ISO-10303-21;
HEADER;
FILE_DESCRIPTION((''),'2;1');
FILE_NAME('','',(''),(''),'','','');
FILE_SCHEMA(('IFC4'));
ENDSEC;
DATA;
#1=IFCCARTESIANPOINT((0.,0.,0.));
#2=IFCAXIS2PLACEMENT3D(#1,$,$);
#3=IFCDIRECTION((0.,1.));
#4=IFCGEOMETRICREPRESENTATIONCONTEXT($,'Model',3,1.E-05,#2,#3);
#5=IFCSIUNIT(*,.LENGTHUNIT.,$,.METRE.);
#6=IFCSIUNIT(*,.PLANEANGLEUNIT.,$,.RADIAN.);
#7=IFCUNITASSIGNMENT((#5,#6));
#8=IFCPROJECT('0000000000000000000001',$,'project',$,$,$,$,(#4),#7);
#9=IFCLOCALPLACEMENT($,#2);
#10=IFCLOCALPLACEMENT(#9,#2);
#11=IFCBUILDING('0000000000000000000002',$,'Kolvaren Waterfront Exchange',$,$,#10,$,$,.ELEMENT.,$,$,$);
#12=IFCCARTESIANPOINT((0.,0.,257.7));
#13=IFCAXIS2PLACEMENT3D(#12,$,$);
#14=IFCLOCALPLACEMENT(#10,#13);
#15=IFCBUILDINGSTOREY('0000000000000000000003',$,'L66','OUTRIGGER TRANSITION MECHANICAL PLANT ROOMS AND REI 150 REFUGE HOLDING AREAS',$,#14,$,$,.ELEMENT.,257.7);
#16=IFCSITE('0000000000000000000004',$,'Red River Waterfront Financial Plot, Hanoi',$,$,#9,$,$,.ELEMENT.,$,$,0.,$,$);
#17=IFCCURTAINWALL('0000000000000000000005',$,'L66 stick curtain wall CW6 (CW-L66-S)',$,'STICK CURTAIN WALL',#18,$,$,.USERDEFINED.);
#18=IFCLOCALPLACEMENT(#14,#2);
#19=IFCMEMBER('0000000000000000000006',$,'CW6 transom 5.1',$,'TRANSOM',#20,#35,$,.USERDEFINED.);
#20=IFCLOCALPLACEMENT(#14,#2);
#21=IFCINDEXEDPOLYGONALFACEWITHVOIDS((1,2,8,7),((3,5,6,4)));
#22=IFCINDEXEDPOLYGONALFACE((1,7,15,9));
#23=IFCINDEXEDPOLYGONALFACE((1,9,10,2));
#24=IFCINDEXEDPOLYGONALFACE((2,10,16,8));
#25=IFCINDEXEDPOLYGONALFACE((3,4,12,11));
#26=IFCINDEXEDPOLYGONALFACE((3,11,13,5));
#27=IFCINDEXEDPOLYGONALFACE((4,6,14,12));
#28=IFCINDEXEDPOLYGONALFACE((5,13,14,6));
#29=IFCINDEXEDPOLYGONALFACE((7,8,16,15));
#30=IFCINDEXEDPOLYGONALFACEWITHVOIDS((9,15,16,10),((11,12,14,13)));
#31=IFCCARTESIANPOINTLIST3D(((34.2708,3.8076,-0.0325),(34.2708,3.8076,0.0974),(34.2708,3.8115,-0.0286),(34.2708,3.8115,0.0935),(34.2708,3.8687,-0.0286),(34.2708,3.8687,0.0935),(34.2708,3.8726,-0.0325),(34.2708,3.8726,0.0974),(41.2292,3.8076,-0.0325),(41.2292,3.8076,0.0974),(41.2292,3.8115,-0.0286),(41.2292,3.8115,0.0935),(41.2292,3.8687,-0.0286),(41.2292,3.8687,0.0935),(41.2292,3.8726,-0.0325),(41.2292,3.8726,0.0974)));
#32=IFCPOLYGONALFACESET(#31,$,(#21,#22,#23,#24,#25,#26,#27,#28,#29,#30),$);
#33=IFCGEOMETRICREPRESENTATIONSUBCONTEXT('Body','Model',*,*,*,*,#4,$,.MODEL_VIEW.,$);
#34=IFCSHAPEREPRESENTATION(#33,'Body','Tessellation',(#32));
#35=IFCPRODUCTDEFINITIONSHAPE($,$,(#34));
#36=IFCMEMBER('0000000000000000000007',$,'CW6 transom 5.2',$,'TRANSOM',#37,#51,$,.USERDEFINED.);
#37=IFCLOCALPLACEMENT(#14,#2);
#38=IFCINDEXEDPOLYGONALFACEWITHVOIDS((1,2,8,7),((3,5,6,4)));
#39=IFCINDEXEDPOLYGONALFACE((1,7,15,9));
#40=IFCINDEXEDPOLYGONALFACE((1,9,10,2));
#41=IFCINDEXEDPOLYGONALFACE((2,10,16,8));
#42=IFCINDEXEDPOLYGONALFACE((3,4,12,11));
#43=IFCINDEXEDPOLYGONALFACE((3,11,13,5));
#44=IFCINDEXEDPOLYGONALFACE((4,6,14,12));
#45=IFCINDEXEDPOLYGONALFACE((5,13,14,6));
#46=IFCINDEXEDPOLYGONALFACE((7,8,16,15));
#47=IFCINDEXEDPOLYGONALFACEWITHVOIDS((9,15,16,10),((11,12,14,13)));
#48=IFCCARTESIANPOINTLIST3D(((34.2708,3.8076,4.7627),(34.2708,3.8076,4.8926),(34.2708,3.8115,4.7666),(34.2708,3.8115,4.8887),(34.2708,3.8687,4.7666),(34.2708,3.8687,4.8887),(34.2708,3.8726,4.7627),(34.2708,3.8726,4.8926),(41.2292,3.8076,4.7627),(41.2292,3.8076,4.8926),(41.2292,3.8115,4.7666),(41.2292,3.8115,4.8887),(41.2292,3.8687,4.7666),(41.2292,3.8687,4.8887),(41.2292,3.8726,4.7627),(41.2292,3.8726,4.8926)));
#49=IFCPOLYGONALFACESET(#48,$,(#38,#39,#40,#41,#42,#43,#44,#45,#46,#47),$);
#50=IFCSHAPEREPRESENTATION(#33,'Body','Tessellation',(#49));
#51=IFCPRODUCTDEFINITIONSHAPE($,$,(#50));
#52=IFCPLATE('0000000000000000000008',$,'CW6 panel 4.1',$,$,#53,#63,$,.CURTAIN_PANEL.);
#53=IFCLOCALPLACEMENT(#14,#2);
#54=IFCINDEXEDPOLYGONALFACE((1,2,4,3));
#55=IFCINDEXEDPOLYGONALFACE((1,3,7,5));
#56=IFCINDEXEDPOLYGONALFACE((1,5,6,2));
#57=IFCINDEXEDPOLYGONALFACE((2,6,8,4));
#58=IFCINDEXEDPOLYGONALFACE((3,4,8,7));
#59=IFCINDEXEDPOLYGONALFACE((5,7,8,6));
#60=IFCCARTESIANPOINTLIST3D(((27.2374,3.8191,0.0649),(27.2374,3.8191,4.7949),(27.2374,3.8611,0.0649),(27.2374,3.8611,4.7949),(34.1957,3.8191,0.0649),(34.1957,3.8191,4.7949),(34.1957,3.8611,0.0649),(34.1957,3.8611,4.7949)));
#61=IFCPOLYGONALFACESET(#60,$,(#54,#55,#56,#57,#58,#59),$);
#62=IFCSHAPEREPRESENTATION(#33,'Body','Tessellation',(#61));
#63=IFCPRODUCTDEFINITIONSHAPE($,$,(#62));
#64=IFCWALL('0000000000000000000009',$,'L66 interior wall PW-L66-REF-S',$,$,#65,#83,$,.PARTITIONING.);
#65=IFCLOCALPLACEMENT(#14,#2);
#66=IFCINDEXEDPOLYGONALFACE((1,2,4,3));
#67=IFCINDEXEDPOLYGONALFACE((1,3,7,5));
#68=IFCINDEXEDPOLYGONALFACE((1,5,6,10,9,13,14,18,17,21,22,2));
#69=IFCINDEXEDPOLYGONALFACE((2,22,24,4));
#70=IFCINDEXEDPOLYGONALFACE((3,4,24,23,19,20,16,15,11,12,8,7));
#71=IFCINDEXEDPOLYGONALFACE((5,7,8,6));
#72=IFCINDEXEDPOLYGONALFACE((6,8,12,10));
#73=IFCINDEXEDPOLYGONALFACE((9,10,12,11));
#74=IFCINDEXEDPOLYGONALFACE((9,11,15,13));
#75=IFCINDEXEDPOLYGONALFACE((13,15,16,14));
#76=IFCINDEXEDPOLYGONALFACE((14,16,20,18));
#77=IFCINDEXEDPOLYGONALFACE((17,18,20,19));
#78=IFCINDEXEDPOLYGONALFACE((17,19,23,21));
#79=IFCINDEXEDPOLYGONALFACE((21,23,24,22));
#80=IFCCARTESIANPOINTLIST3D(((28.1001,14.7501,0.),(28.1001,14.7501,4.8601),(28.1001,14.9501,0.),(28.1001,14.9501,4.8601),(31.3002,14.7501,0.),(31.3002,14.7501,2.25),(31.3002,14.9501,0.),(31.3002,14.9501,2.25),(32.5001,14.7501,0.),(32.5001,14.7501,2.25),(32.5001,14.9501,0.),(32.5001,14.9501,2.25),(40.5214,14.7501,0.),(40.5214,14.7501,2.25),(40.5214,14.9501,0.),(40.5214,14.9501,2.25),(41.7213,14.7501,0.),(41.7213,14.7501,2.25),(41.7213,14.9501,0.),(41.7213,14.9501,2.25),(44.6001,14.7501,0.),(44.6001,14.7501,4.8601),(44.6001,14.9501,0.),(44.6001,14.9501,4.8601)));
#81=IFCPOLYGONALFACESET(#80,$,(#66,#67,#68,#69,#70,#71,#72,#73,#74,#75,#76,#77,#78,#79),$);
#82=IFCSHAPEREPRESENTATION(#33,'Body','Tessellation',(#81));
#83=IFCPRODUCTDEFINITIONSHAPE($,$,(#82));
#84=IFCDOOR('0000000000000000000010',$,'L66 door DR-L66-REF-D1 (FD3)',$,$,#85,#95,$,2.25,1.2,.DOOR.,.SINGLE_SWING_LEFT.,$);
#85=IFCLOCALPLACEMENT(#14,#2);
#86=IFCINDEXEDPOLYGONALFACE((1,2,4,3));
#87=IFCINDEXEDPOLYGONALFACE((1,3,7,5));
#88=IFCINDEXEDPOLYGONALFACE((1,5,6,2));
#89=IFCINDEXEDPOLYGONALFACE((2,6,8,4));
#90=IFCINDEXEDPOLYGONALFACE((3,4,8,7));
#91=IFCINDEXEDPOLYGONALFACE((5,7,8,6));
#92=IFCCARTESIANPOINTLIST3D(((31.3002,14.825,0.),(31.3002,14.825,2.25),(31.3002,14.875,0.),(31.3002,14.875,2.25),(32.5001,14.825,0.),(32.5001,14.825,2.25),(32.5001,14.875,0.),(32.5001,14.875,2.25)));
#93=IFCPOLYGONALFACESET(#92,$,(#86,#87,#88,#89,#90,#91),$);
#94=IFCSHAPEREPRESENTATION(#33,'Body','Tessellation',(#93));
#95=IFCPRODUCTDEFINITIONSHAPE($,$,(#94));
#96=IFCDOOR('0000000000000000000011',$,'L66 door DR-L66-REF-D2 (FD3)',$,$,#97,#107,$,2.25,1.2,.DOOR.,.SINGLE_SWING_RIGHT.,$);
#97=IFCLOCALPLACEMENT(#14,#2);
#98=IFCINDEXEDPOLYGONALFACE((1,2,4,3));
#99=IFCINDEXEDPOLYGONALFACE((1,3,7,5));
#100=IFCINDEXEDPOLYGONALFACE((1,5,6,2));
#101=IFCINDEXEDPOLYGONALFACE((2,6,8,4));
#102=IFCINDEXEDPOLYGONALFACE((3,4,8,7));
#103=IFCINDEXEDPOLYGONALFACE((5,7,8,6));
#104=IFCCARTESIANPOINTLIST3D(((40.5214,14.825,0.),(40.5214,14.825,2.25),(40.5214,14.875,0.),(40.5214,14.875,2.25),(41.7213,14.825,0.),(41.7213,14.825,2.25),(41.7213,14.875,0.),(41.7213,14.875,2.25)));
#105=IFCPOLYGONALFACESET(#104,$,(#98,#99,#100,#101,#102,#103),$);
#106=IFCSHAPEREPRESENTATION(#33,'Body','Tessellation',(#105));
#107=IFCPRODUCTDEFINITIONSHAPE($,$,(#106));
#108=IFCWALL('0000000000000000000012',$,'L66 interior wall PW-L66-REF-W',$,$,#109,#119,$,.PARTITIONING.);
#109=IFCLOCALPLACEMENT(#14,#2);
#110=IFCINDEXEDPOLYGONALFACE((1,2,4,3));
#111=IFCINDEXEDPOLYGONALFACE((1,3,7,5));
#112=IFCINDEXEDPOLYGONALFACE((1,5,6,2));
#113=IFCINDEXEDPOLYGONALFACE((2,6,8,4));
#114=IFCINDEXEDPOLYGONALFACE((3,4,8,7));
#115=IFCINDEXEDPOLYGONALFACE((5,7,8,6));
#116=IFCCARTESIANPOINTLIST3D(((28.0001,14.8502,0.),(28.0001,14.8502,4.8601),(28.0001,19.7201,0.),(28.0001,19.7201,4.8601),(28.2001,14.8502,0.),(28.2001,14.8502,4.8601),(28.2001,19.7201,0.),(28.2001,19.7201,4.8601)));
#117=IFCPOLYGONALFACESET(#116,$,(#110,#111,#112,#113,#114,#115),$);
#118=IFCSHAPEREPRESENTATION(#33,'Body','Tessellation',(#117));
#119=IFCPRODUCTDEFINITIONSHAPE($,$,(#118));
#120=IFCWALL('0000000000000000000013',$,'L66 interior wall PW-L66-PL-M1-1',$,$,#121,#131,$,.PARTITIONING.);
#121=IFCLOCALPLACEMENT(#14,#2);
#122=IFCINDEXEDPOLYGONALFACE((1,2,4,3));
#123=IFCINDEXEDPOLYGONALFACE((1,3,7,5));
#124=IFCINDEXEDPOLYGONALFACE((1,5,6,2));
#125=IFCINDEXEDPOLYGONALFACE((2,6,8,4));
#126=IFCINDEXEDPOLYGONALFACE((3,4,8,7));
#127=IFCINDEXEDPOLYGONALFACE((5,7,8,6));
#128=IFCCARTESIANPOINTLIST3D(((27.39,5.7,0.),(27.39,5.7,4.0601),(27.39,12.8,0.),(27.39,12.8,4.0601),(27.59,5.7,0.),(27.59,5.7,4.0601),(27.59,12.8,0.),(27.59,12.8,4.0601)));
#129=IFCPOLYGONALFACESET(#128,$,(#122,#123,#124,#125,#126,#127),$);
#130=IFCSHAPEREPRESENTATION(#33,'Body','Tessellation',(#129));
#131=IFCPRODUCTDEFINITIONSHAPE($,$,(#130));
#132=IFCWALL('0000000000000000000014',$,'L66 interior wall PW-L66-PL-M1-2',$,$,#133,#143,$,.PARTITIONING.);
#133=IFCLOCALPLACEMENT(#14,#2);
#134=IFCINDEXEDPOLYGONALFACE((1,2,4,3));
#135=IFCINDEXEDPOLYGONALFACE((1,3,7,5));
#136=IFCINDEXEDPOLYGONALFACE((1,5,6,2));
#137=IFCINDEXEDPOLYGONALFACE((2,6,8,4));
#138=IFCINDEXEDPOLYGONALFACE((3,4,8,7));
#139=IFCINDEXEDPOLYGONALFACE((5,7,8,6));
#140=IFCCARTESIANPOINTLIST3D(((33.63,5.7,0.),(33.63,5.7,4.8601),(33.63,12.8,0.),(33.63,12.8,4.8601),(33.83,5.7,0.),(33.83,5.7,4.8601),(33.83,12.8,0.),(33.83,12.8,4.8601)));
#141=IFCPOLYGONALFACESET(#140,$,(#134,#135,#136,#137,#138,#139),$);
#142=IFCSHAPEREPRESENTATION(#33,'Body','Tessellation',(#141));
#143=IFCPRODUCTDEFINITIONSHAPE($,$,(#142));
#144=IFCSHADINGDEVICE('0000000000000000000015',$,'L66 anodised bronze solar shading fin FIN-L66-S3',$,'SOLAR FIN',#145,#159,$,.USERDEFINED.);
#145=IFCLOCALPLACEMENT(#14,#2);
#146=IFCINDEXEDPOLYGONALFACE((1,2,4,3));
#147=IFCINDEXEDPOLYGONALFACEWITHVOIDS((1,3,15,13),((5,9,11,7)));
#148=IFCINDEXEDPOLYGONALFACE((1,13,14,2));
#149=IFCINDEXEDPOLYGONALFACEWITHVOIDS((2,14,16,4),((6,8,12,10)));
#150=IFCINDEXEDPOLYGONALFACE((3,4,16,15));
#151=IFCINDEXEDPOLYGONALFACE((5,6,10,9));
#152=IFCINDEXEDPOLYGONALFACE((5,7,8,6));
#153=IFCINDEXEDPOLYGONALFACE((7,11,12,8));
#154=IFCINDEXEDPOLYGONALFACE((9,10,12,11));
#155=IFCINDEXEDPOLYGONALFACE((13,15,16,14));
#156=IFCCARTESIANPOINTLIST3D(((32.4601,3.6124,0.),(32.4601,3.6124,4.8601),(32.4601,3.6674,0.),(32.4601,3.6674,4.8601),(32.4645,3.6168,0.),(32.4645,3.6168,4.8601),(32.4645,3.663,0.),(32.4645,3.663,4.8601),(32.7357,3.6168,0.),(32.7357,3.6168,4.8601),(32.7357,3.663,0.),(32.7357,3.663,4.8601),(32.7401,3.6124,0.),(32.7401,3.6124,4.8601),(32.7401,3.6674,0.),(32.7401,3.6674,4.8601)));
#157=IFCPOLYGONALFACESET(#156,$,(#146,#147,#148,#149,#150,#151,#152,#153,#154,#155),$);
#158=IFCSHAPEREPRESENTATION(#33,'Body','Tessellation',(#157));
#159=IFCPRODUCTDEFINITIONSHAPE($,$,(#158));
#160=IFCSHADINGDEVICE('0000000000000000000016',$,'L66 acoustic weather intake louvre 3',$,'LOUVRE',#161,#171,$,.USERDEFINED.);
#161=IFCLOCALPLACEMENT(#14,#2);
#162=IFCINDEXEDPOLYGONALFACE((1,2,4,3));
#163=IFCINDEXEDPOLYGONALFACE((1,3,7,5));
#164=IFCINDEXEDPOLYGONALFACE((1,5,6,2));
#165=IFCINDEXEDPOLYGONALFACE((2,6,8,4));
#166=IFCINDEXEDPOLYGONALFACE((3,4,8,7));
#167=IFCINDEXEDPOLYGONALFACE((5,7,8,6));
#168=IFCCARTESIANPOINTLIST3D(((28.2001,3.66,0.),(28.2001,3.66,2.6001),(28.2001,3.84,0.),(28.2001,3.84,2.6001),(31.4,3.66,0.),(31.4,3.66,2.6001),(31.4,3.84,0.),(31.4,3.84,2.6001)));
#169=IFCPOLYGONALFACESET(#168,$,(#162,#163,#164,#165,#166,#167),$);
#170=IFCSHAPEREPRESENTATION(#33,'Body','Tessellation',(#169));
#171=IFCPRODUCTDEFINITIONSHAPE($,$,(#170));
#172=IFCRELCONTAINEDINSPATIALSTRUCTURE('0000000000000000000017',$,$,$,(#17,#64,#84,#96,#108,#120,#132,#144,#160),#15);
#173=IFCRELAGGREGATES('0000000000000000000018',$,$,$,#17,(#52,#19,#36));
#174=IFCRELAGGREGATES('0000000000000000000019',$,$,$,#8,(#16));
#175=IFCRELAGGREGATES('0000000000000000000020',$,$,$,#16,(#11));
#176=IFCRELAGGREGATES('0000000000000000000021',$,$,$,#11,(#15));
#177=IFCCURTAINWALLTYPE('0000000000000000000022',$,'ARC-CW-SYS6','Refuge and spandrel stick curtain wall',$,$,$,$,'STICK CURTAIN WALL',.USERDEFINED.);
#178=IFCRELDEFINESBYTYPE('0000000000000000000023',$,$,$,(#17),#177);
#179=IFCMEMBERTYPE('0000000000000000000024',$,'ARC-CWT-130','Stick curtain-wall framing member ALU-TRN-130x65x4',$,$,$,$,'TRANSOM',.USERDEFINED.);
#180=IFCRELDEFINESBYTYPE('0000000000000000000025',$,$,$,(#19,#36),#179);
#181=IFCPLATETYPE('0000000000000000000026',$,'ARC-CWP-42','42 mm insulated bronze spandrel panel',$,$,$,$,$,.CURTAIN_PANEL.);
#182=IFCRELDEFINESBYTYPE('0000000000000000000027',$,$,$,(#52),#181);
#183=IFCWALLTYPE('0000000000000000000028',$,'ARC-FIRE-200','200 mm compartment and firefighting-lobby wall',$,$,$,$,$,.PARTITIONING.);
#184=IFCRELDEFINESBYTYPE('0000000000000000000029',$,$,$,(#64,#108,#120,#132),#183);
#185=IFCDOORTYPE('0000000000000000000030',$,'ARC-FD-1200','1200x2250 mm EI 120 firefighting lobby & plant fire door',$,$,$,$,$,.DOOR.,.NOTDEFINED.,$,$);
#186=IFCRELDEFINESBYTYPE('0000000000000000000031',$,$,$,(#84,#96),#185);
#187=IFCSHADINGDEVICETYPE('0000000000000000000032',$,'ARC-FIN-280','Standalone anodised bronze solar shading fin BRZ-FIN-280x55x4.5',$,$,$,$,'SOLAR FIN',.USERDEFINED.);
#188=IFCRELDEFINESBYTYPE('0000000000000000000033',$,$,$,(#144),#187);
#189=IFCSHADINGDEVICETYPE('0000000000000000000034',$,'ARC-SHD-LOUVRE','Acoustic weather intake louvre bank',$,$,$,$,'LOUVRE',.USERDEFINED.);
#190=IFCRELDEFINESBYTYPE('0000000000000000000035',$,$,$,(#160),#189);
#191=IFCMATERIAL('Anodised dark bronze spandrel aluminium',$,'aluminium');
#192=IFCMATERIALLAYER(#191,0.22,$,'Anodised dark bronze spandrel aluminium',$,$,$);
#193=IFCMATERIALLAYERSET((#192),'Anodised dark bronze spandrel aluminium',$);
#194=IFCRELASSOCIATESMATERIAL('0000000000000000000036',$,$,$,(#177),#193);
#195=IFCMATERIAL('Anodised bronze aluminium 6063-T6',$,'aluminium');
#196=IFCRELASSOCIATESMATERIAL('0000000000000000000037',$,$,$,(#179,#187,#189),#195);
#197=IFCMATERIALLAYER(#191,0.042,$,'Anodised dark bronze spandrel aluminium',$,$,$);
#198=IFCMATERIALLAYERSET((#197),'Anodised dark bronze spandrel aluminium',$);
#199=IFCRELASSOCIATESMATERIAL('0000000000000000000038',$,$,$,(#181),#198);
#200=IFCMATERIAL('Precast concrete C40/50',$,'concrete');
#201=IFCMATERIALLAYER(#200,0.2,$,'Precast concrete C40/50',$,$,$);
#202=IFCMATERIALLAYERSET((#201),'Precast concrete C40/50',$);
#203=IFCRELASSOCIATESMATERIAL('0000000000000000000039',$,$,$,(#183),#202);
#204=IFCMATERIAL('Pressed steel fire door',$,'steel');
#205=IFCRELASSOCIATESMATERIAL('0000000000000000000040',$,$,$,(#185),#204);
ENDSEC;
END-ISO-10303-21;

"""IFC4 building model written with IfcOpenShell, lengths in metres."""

from ifc_helpers import new_model, si_unit, direction, frame, frame_2d, origin, origin_with_axes, origin_2d, place, context, subcontext, project, spatial, rectangle, hollow_rectangle, extrude, source, transform, mapped, material, layer, layer_set, material_profile, profile_set, type_object, element, fill, aggregate, save


model = new_model("IFC4")

# Units and contexts
model_context = context("Model", 3, precision=1e-05, world=origin(), true_north=direction((0.0, 1.0)))
body_context = subcontext(model_context, "Body", "Model", "MODEL_VIEW")
ifc_project = project(units=[si_unit("LENGTHUNIT", "METRE"), si_unit("PLANEANGLEUNIT", "RADIAN")], contexts=[model_context])

# Site, building, storey
site_placement = place(None, origin())
site = spatial("IfcSite", under=ifc_project, at=site_placement, Name="Red River Waterfront Financial Plot, Hanoi", CompositionType="ELEMENT", RefElevation=0.0)
building_placement = place(site_placement, origin())
building = spatial("IfcBuilding", under=site, at=building_placement, Name="Kolvaren Waterfront Exchange", CompositionType="ELEMENT")
storey_placement = place(building_placement, frame((0.0, 0.0, 257.7)))
storey = spatial("IfcBuildingStorey", under=building, at=storey_placement, Name="L66", Description="OUTRIGGER TRANSITION MECHANICAL PLANT ROOMS AND REI 150 REFUGE HOLDING AREAS", CompositionType="ELEMENT", Elevation=257.7)

# Curtain wall, members, plate
ifc_material_1 = material(Name="Anodised dark bronze spandrel aluminium", Category="aluminium")
ifc_layer_1 = layer(ifc_material_1, 0.22, Name="Anodised dark bronze spandrel aluminium")
ifc_layer_set_1 = layer_set([ifc_layer_1], Name="Anodised dark bronze spandrel aluminium")
curtain_wall_type = type_object("IfcCurtainWallType", Name="ARC-CW-SYS6", Description="Refuge and spandrel stick curtain wall", ElementType="STICK CURTAIN WALL", PredefinedType="USERDEFINED", material=ifc_layer_set_1)
curtain_wall_placement = place(storey_placement, origin())
curtain_wall = element("IfcCurtainWall", 1, at=curtain_wall_placement, inside=storey, type_object=curtain_wall_type, Name="L66 stick curtain wall CW6 (CW-L66-S)", ObjectType="STICK CURTAIN WALL", PredefinedType="USERDEFINED")
ifc_material_2 = material(Name="Anodised bronze aluminium 6063-T6", Category="aluminium")
ifc_material_profile_1 = material_profile(ifc_material_2, hollow_rectangle(XDim=0.0649, YDim=0.1299, WallThickness=0.0039, at=origin_2d()), Name="ALU-TRN-130x65x4")
ifc_profile_set_1 = profile_set([ifc_material_profile_1], Name="Anodised bronze aluminium 6063-T6")
member_type_1 = type_object("IfcMemberType", Name="ARC-CWT-130", Description="Stick curtain-wall framing member ALU-TRN-130x65x4", ElementType="TRANSOM", PredefinedType="USERDEFINED", material=ifc_profile_set_1)
shared_shape_1 = source(origin_with_axes(), body_context, "Body", "SweptSolid", [
    extrude(hollow_rectangle(XDim=0.0649, YDim=0.1299, WallThickness=0.0039, at=origin_2d()), origin(), (0.0, 0.0, 1.0), 6.9585),
])
member_1_placement = place(storey_placement, frame((34.2708, 3.8401, 0.0325), z_axis=(1.0, 0.0, 0.0), x_axis=(0.0, 1.0, 0.0)))
member_1 = element("IfcMember", 2, at=member_1_placement, type_object=member_type_1, Name="CW6 transom 5.1", ObjectType="TRANSOM", PredefinedType="USERDEFINED", context=body_context, shape_type="MappedRepresentation", body=[
    mapped(shared_shape_1, transform((0.0, 0.0, 0.0), x_axis=(1.0, 0.0, 0.0), y_axis=(0.0, 1.0, 0.0), z_axis=(0.0, 0.0, 1.0), scale=1.0)),
])
member_2_placement = place(storey_placement, frame((34.2708, 3.8401, 4.8276), z_axis=(1.0, 0.0, 0.0), x_axis=(0.0, 1.0, 0.0)))
member_2 = element("IfcMember", 3, at=member_2_placement, type_object=member_type_1, Name="CW6 transom 5.2", ObjectType="TRANSOM", PredefinedType="USERDEFINED", context=body_context, shape_type="MappedRepresentation", body=[
    mapped(shared_shape_1, transform((0.0, 0.0, 0.0), x_axis=(1.0, 0.0, 0.0), y_axis=(0.0, 1.0, 0.0), z_axis=(0.0, 0.0, 1.0), scale=1.0)),
])
ifc_layer_2 = layer(ifc_material_1, 0.042, Name="Anodised dark bronze spandrel aluminium")
ifc_layer_set_2 = layer_set([ifc_layer_2], Name="Anodised dark bronze spandrel aluminium")
plate_type = type_object("IfcPlateType", Name="ARC-CWP-42", Description="42 mm insulated bronze spandrel panel", PredefinedType="CURTAIN_PANEL", material=ifc_layer_set_2)
shared_shape_2 = source(origin_with_axes(), body_context, "Body", "SweptSolid", [
    extrude(rectangle(XDim=6.9583, YDim=0.042, at=origin_2d()), origin(), (0.0, 0.0, 1.0), 4.73),
])
plate_placement = place(storey_placement, frame((30.7166, 3.8401, 0.0649), z_axis=(0.0, 0.0, 1.0), x_axis=(1.0, 0.0, 0.0)))
plate = element("IfcPlate", 4, at=plate_placement, type_object=plate_type, Name="CW6 panel 4.1", PredefinedType="CURTAIN_PANEL", context=body_context, shape_type="MappedRepresentation", body=[
    mapped(shared_shape_2, transform((0.0, 0.0, 0.0), x_axis=(1.0, 0.0, 0.0), y_axis=(0.0, 1.0, 0.0), z_axis=(0.0, 0.0, 1.0), scale=1.0)),
])
aggregate(curtain_wall, [plate, member_1, member_2])

# Wall, openings, doors
ifc_material_3 = material(Name="Precast concrete C40/50", Category="concrete")
ifc_layer_3 = layer(ifc_material_3, 0.2, Name="Precast concrete C40/50")
ifc_layer_set_3 = layer_set([ifc_layer_3], Name="Precast concrete C40/50")
wall_type = type_object("IfcWallType", Name="ARC-FIRE-200", Description="200 mm compartment and firefighting-lobby wall", PredefinedType="PARTITIONING", material=ifc_layer_set_3)
wall_1_placement = place(storey_placement, frame((28.1001, 14.8501, 0.0), z_axis=(0.0, 0.0, 1.0), x_axis=(1.0, 0.0, 0.0)))
wall_1 = element("IfcWall", 5, at=wall_1_placement, inside=storey, type_object=wall_type, Name="L66 interior wall PW-L66-REF-S", PredefinedType="PARTITIONING", context=body_context, shape_type="SweptSolid", body=[
    extrude(rectangle(XDim=16.5, YDim=0.2, at=frame_2d((8.25, 0.0))), origin(), (0.0, 0.0, 1.0), 4.8601),
])
opening_1_placement = place(wall_1_placement, frame((3.2, 0.0, 0.0)))
opening_1 = element("IfcOpeningElement", 6, at=opening_1_placement, cuts=wall_1, PredefinedType="OPENING", context=body_context, shape_type="SweptSolid", body=[
    extrude(rectangle(XDim=1.2, YDim=2.25, at=frame_2d((0.6001, 1.125))), frame((0.0, 0.1099, 0.0), z_axis=(0.0, -1.0, 0.0), x_axis=(1.0, 0.0, 0.0)), (0.0, 0.0, 1.0), 0.22),
])
opening_2_placement = place(wall_1_placement, frame((12.4211, 0.0, 0.0)))
opening_2 = element("IfcOpeningElement", 7, at=opening_2_placement, cuts=wall_1, PredefinedType="OPENING", context=body_context, shape_type="SweptSolid", body=[
    extrude(rectangle(XDim=1.2, YDim=2.25, at=frame_2d((0.6001, 1.125))), frame((0.0, 0.1099, 0.0), z_axis=(0.0, -1.0, 0.0), x_axis=(1.0, 0.0, 0.0)), (0.0, 0.0, 1.0), 0.22),
])
ifc_material_4 = material(Name="Pressed steel fire door", Category="steel")
door_type = type_object("IfcDoorType", Name="ARC-FD-1200", Description="1200x2250 mm EI 120 firefighting lobby & plant fire door", OperationType="NOTDEFINED", PredefinedType="DOOR", material=ifc_material_4)
door_1_placement = place(opening_1_placement, origin())
door_1 = element("IfcDoor", 8, at=door_1_placement, inside=storey, type_object=door_type, Name="L66 door DR-L66-REF-D1 (FD3)", OperationType="SINGLE_SWING_LEFT", OverallHeight=2.25, OverallWidth=1.2, PredefinedType="DOOR", context=body_context, shape_type="SweptSolid", body=[
    extrude(rectangle(XDim=1.2, YDim=2.25, at=frame_2d((0.6001, 1.125))), frame((0.0, 0.0249, 0.0), z_axis=(0.0, -1.0, 0.0), x_axis=(1.0, 0.0, 0.0)), (0.0, 0.0, 1.0), 0.05),
])
fill(opening_1, door_1)
door_2_placement = place(opening_2_placement, origin())
door_2 = element("IfcDoor", 9, at=door_2_placement, inside=storey, type_object=door_type, Name="L66 door DR-L66-REF-D2 (FD3)", OperationType="SINGLE_SWING_RIGHT", OverallHeight=2.25, OverallWidth=1.2, PredefinedType="DOOR", context=body_context, shape_type="SweptSolid", body=[
    extrude(rectangle(XDim=1.2, YDim=2.25, at=frame_2d((0.6001, 1.125))), frame((0.0, 0.0249, 0.0), z_axis=(0.0, -1.0, 0.0), x_axis=(1.0, 0.0, 0.0)), (0.0, 0.0, 1.0), 0.05),
])
fill(opening_2, door_2)

# Walls
wall_2_placement = place(storey_placement, frame((28.1001, 14.8501, 0.0), z_axis=(0.0, 0.0, 1.0), x_axis=(0.0, 1.0, 0.0)))
element("IfcWall", 10, at=wall_2_placement, inside=storey, type_object=wall_type, Name="L66 interior wall PW-L66-REF-W", PredefinedType="PARTITIONING", context=body_context, shape_type="SweptSolid", body=[
    extrude(rectangle(XDim=4.8699, YDim=0.2, at=frame_2d((2.4351, 0.0))), origin(), (0.0, 0.0, 1.0), 4.8601),
])
wall_3_placement = place(storey_placement, frame((27.49, 5.7, 0.0), z_axis=(0.0, 0.0, 1.0), x_axis=(0.0, 1.0, 0.0)))
element("IfcWall", 11, at=wall_3_placement, inside=storey, type_object=wall_type, Name="L66 interior wall PW-L66-PL-M1-1", PredefinedType="PARTITIONING", context=body_context, shape_type="SweptSolid", body=[
    extrude(rectangle(XDim=7.1001, YDim=0.2, at=frame_2d((3.55, 0.0))), origin(), (0.0, 0.0, 1.0), 4.0601),
])
wall_4_placement = place(storey_placement, frame((33.73, 5.7, 0.0), z_axis=(0.0, 0.0, 1.0), x_axis=(0.0, 1.0, 0.0)))
element("IfcWall", 12, at=wall_4_placement, inside=storey, type_object=wall_type, Name="L66 interior wall PW-L66-PL-M1-2", PredefinedType="PARTITIONING", context=body_context, shape_type="SweptSolid", body=[
    extrude(rectangle(XDim=7.1001, YDim=0.2, at=frame_2d((3.55, 0.0))), origin(), (0.0, 0.0, 1.0), 4.8601),
])

# Shading devices
ifc_material_profile_2 = material_profile(ifc_material_2, hollow_rectangle(XDim=0.0549, YDim=0.28, WallThickness=0.0044, at=origin_2d()), Name="BRZ-FIN-280x55x4.5")
ifc_profile_set_2 = profile_set([ifc_material_profile_2], Name="Anodised bronze aluminium 6063-T6")
shading_device_type_1 = type_object("IfcShadingDeviceType", Name="ARC-FIN-280", Description="Standalone anodised bronze solar shading fin BRZ-FIN-280x55x4.5", ElementType="SOLAR FIN", PredefinedType="USERDEFINED", material=ifc_profile_set_2)
shading_device_placement = place(storey_placement, frame((32.6001, 3.6399, 0.0), z_axis=(0.0, 0.0, 1.0), x_axis=(0.0, -1.0, 0.0)))
element("IfcShadingDevice", 13, at=shading_device_placement, inside=storey, type_object=shading_device_type_1, Name="L66 anodised bronze solar shading fin FIN-L66-S3", ObjectType="SOLAR FIN", PredefinedType="USERDEFINED", context=body_context, shape_type="SweptSolid", body=[
    extrude(hollow_rectangle(XDim=0.0549, YDim=0.28, WallThickness=0.0044, at=origin_2d()), origin(), (0.0, 0.0, 1.0), 4.8601),
])
shading_device_type_2 = type_object("IfcShadingDeviceType", Name="ARC-SHD-LOUVRE", Description="Acoustic weather intake louvre bank", ElementType="LOUVRE", PredefinedType="USERDEFINED", material=ifc_material_2)
shared_shape_3 = source(origin_with_axes(), body_context, "Body", "SweptSolid", [
    extrude(rectangle(XDim=3.2, YDim=0.1799, at=origin_2d()), origin(), (0.0, 0.0, 1.0), 2.6001),
])
for number, where, z_axis, x_axis, name in (
    (14, (29.8, 3.75, 0.0), (0.0, 0.0, 1.0), (1.0, 0.0, 0.0), "L66 acoustic weather intake louvre 3"),
):
    element("IfcShadingDevice", number, at=place(storey_placement, frame(where, z_axis=z_axis, x_axis=x_axis)), inside=storey, type_object=shading_device_type_2, Name=name, ObjectType="LOUVRE", PredefinedType="USERDEFINED", context=body_context, shape_type="MappedRepresentation", body=[
        mapped(shared_shape_3, transform((0.0, 0.0, 0.0), x_axis=(1.0, 0.0, 0.0), y_axis=(0.0, 1.0, 0.0), z_axis=(0.0, 0.0, 1.0), scale=1.0)),
    ])

save(model, "model.ifc")
